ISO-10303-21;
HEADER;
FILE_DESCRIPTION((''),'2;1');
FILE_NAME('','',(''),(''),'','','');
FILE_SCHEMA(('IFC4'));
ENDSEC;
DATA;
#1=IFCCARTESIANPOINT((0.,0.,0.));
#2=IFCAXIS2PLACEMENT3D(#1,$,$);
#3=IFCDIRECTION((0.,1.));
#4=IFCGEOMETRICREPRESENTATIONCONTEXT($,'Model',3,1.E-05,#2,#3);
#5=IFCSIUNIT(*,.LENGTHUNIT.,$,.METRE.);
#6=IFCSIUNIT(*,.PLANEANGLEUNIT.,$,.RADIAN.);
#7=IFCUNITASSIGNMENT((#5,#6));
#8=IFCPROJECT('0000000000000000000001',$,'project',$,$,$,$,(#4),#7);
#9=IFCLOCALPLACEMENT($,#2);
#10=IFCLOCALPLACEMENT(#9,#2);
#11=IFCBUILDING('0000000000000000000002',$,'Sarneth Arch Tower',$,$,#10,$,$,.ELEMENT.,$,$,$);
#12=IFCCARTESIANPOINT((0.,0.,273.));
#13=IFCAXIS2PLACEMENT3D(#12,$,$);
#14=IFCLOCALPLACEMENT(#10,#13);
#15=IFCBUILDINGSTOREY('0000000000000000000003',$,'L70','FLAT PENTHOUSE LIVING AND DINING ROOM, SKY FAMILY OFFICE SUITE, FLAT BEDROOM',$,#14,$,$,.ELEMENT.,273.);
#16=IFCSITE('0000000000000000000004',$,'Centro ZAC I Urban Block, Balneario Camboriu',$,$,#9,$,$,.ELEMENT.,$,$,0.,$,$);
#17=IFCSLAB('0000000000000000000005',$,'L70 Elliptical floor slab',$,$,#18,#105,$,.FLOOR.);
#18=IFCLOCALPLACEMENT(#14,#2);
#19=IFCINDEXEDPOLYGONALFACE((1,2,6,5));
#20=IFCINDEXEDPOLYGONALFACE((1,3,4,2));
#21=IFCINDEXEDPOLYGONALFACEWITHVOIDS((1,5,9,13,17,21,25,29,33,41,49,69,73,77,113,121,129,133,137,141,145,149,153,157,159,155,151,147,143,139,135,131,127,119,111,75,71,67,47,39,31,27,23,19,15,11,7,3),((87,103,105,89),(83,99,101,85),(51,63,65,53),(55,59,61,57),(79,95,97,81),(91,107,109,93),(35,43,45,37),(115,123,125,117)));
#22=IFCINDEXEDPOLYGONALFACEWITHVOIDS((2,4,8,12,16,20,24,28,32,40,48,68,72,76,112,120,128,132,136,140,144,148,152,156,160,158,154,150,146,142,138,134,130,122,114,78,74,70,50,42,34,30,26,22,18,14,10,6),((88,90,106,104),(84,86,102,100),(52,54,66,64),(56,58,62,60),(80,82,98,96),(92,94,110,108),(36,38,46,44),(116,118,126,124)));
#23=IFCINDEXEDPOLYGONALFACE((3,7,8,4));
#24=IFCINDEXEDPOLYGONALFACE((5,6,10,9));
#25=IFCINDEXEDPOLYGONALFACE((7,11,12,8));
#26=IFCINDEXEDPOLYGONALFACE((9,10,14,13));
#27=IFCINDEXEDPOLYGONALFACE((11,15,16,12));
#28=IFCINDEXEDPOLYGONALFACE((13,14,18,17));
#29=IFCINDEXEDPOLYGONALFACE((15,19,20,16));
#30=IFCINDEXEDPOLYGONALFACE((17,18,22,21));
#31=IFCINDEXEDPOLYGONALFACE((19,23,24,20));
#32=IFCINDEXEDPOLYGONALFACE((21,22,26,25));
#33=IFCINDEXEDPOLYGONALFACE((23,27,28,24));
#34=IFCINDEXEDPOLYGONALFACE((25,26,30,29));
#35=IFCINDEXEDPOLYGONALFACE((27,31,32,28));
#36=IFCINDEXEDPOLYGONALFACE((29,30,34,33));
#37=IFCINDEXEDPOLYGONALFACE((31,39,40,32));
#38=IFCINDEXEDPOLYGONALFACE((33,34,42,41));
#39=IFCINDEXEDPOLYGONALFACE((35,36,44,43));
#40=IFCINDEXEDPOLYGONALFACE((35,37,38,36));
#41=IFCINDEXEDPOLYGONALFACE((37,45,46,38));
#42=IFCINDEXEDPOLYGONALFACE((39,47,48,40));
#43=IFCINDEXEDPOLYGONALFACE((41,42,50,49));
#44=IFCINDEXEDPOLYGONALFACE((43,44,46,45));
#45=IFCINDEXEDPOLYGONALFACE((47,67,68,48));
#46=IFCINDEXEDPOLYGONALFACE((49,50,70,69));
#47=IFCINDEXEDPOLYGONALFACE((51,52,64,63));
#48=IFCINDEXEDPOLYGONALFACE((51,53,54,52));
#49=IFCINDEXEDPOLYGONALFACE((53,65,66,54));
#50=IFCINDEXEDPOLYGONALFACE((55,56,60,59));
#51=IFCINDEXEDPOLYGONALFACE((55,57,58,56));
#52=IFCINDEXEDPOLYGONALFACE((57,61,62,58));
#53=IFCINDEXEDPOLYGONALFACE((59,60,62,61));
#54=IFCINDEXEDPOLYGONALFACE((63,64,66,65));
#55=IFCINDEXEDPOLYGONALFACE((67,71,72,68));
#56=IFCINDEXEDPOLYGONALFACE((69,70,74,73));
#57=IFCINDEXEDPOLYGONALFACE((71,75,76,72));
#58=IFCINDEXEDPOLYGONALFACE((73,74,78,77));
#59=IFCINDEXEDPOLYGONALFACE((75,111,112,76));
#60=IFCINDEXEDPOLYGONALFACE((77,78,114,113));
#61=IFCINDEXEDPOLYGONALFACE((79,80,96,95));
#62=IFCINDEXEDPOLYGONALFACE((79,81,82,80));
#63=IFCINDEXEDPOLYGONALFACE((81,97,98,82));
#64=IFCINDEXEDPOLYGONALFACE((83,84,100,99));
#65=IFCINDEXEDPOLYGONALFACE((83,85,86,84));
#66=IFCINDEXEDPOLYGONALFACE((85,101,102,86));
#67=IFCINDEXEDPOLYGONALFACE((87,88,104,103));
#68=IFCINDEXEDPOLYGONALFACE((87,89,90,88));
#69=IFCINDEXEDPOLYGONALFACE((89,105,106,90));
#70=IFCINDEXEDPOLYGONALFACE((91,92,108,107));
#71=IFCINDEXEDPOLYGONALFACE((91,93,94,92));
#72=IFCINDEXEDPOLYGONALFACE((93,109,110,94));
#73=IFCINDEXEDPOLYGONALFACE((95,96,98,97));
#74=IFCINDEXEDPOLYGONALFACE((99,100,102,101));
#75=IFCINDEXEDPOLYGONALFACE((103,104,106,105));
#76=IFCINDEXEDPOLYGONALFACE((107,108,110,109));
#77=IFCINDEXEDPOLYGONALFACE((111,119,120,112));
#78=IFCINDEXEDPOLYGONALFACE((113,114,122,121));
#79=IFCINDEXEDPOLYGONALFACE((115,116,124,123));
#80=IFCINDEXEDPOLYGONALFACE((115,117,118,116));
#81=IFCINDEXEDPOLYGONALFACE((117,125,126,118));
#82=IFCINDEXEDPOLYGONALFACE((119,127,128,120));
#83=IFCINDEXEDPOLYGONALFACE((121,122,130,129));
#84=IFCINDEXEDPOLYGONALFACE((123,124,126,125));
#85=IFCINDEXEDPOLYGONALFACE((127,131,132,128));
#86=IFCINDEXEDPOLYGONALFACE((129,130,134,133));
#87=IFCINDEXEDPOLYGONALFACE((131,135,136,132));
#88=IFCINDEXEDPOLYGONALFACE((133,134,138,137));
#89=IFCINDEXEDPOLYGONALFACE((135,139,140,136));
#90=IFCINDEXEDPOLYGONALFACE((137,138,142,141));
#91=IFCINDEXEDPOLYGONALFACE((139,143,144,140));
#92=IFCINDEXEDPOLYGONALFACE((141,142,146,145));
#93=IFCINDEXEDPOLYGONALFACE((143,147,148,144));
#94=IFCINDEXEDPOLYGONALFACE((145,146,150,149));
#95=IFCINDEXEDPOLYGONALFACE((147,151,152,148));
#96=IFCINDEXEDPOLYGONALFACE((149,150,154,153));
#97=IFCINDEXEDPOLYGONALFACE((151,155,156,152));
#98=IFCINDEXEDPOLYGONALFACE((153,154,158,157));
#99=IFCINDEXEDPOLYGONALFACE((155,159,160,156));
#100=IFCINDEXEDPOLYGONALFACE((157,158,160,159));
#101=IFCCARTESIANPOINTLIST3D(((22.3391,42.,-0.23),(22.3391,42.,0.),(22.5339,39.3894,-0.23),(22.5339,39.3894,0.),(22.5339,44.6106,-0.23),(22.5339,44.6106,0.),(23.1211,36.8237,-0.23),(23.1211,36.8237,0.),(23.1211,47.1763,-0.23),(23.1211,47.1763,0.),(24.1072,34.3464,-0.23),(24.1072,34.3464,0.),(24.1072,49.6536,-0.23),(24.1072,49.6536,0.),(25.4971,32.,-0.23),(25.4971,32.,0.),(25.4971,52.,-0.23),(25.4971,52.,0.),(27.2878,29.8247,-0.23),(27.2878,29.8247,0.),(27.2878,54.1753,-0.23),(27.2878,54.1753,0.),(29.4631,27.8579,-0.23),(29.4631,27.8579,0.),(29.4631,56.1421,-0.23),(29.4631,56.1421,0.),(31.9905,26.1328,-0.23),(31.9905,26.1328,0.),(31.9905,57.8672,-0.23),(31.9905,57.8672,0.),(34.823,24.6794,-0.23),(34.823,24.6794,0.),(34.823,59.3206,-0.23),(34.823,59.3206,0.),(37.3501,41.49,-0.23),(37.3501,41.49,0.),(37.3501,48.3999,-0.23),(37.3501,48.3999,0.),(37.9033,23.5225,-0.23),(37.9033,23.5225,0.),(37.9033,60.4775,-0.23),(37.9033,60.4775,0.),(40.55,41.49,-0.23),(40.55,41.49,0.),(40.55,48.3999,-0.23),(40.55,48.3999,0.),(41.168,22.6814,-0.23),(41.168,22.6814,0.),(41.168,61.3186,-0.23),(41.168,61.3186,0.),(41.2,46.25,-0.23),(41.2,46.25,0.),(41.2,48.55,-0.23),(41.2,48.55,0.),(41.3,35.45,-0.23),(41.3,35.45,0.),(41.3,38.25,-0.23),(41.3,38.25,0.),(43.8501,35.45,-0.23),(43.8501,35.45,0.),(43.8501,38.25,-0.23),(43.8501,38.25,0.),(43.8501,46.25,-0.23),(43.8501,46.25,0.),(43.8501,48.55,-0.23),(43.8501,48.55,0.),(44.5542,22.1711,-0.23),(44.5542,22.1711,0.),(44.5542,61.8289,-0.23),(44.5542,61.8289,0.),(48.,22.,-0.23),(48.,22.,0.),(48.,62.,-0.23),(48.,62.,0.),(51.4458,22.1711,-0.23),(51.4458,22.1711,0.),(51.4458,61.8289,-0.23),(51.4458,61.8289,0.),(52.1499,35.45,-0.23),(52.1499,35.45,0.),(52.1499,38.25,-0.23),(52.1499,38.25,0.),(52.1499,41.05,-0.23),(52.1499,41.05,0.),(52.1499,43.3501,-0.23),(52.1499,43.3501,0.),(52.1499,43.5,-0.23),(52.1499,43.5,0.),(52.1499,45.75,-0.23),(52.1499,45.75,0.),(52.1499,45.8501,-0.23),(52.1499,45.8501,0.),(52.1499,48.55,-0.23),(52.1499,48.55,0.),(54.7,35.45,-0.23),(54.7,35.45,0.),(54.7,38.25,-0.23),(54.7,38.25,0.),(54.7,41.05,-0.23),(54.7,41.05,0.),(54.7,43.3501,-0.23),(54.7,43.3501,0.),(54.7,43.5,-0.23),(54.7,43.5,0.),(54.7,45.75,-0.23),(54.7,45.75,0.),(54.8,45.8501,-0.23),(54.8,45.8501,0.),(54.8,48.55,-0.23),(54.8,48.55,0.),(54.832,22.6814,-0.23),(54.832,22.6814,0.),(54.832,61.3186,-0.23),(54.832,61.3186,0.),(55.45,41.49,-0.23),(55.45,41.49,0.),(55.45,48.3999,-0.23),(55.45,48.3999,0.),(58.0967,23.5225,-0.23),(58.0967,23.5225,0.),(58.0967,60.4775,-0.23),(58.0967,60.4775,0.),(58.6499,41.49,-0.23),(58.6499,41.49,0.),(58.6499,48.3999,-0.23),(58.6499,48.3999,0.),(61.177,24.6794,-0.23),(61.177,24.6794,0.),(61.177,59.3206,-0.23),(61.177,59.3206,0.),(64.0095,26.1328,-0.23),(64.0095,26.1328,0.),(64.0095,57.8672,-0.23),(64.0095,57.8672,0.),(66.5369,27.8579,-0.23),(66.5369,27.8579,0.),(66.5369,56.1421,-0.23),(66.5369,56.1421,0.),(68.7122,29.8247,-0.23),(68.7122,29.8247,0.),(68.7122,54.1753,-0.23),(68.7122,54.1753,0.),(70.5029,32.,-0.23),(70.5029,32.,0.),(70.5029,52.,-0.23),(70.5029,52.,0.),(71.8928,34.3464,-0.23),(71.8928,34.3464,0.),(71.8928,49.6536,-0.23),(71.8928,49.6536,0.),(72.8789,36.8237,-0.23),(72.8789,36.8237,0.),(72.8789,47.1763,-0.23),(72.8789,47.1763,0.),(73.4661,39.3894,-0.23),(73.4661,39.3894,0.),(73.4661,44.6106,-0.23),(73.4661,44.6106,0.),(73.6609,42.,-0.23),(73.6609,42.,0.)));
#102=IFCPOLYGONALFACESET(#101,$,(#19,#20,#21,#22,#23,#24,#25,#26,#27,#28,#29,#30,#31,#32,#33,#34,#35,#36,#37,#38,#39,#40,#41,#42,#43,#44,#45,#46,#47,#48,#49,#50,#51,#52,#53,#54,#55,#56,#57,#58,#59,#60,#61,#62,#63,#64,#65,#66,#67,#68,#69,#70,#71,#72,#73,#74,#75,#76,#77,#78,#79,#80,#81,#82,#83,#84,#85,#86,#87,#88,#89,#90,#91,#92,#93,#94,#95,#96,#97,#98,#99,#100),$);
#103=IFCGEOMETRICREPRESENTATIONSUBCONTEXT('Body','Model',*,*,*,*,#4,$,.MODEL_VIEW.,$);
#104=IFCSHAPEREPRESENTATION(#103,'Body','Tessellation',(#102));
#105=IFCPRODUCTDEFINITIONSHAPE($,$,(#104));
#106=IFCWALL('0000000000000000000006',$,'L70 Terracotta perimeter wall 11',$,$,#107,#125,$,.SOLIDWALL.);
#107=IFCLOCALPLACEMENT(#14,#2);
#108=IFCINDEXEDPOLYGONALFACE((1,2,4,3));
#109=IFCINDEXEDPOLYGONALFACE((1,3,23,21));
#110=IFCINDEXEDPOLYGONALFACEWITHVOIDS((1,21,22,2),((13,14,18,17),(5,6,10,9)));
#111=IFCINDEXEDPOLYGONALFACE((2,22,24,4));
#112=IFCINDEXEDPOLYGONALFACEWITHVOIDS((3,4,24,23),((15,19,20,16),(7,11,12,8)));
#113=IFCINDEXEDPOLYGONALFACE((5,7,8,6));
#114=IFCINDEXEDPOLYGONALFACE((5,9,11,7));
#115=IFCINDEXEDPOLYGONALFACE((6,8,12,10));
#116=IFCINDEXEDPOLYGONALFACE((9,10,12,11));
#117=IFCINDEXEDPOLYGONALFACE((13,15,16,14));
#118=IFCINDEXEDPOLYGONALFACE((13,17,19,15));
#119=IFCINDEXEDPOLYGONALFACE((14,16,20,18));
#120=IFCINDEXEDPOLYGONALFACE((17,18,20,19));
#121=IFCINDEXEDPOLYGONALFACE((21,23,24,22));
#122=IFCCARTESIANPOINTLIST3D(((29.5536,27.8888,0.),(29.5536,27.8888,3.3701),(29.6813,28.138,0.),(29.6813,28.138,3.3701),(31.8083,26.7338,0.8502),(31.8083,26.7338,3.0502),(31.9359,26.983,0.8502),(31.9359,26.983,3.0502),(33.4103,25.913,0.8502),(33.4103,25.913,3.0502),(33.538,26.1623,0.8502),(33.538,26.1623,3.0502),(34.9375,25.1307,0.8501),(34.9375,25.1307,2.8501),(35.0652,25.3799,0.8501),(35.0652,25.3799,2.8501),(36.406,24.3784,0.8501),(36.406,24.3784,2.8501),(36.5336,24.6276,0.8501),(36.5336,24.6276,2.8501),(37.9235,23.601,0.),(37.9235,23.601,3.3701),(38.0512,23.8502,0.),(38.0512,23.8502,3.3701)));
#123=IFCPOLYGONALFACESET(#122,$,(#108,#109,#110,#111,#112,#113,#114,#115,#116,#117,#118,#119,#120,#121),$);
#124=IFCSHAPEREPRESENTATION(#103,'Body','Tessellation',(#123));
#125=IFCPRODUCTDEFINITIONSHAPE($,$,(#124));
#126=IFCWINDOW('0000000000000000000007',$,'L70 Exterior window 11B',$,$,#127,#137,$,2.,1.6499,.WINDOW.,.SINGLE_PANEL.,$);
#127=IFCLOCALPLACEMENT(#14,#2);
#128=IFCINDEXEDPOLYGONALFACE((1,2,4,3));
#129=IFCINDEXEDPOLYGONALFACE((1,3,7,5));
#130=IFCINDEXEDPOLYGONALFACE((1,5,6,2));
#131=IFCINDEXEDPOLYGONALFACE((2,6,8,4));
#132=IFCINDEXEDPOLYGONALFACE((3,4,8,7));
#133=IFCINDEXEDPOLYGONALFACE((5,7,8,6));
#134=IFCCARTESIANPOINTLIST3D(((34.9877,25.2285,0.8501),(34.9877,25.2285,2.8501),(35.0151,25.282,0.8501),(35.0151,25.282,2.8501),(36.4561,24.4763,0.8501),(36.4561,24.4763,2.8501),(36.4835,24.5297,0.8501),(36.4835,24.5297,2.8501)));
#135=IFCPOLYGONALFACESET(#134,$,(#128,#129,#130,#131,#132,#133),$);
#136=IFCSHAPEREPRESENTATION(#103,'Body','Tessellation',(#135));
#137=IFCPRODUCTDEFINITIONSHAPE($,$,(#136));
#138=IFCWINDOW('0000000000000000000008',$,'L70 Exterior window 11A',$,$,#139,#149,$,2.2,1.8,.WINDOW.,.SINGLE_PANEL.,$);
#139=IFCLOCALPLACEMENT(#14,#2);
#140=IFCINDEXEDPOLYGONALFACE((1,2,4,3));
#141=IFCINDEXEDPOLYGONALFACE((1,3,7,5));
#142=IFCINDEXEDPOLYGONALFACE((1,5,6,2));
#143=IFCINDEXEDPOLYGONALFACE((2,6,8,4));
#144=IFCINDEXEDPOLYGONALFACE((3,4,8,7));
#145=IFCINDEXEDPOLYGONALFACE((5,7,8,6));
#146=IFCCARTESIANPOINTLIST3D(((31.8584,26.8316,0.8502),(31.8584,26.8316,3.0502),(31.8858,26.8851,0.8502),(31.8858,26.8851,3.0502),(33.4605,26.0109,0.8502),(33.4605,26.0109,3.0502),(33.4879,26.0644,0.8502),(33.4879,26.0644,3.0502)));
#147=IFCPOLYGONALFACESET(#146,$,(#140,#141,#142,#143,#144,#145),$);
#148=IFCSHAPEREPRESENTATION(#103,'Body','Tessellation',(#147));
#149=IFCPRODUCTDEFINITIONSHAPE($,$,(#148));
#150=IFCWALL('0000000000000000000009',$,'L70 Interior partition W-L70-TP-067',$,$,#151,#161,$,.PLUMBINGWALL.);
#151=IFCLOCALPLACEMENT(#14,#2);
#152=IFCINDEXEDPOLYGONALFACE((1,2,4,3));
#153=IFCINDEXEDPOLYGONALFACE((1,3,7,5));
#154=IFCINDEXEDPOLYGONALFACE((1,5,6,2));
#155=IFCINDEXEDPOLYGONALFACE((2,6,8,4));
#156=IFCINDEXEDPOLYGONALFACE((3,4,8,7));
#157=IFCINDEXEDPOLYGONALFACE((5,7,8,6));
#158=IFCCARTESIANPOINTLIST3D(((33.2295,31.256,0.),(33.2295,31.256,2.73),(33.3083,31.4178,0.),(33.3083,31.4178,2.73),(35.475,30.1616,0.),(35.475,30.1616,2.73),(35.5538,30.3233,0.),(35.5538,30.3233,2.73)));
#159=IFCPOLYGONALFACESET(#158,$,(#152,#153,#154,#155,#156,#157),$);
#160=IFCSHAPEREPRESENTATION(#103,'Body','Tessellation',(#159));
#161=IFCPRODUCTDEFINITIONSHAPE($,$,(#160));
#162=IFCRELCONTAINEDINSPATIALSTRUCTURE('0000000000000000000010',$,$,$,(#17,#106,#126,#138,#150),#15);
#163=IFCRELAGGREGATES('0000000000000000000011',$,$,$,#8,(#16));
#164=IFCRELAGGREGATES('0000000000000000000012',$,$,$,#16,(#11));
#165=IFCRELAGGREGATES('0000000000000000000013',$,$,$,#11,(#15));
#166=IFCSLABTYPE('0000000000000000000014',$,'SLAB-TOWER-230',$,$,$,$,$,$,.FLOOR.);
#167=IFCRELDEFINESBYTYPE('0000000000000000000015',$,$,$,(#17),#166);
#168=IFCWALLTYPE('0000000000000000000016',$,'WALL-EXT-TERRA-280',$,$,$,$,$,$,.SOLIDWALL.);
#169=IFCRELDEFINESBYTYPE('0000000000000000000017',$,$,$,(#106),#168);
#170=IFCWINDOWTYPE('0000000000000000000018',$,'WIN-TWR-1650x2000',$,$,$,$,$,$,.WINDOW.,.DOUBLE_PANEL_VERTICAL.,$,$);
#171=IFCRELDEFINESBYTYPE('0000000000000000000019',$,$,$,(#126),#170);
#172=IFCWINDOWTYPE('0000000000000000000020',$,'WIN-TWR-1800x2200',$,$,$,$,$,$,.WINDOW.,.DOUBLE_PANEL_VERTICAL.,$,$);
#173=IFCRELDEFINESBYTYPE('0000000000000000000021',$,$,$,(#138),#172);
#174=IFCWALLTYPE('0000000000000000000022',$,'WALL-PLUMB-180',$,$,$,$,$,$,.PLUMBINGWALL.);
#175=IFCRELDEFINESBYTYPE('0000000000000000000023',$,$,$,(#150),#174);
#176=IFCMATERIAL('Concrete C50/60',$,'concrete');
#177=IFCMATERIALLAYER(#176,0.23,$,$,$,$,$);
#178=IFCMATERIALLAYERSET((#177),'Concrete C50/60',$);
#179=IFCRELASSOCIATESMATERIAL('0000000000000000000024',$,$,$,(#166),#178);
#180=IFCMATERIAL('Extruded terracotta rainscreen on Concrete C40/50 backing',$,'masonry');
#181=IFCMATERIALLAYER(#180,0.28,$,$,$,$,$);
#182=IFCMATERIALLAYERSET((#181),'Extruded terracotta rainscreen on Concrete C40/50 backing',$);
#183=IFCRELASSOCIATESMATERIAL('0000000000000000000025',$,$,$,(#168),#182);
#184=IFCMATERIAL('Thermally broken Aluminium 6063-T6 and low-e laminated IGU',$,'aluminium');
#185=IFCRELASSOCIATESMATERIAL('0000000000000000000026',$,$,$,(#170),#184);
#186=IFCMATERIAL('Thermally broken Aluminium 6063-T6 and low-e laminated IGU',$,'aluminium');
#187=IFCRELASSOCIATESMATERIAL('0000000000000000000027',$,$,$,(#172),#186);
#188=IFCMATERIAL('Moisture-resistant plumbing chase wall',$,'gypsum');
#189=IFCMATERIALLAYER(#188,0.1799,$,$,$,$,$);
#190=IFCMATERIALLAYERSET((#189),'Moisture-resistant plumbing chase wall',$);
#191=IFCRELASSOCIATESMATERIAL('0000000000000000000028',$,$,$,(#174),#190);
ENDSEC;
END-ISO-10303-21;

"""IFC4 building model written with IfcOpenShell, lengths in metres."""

from ifc_helpers import new_model, si_unit, direction, frame, frame_2d, origin, place, context, subcontext, project, spatial, polyline, rectangle, outline, extrude, material, layer, layer_set, type_object, element, fill, save


model = new_model("IFC4")

# Units and contexts
model_context = context("Model", 3, precision=1e-05, world=origin(), true_north=direction((0.0, 1.0)))
body_context = subcontext(model_context, "Body", "Model", "MODEL_VIEW")
ifc_project = project(units=[si_unit("LENGTHUNIT", "METRE"), si_unit("PLANEANGLEUNIT", "RADIAN")], contexts=[model_context])

# Site, building, storey
site_placement = place(None, origin())
site = spatial("IfcSite", under=ifc_project, at=site_placement, Name="Centro ZAC I Urban Block, Balneario Camboriu", CompositionType="ELEMENT", RefElevation=0.0)
building_placement = place(site_placement, origin())
building = spatial("IfcBuilding", under=site, at=building_placement, Name="Sarneth Arch Tower", CompositionType="ELEMENT")
storey_placement = place(building_placement, frame((0.0, 0.0, 273.0)))
storey = spatial("IfcBuildingStorey", under=building, at=storey_placement, Name="L70", Description="FLAT PENTHOUSE LIVING AND DINING ROOM, SKY FAMILY OFFICE SUITE, FLAT BEDROOM", CompositionType="ELEMENT", Elevation=273.0)

# Slab
ifc_material_1 = material(Name="Concrete C50/60", Category="concrete")
ifc_layer_1 = layer(ifc_material_1, 0.23)
ifc_layer_set_1 = layer_set([ifc_layer_1], Name="Concrete C50/60")
slab_type_1 = type_object("IfcSlabType", Name="SLAB-TOWER-230", PredefinedType="FLOOR", material=ifc_layer_set_1)
slab_1_placement = place(storey_placement, frame((0.0, 0.0, -0.23)))
element("IfcSlab", 1, at=slab_1_placement, inside=storey, type_object=slab_type_1, Name="L70 Elliptical floor slab", PredefinedType="FLOOR", context=body_context, shape_type="SweptSolid", body=[
    extrude(outline(polyline([(73.6609, 42.0), (73.4661, 44.6106), (72.8789, 47.1763), (71.8928, 49.6536), (70.5029, 52.0), (68.7122, 54.1753), (66.5369, 56.1421), (64.0095, 57.8672), (61.177, 59.3206), (58.0967, 60.4775), (54.832, 61.3186), (51.4458, 61.8289), (48.0, 62.0), (44.5542, 61.8289), (41.168, 61.3186), (37.9033, 60.4775), (34.823, 59.3206), (31.9905, 57.8672), (29.4631, 56.1421), (27.2878, 54.1753), (25.4971, 52.0), (24.1072, 49.6536), (23.1211, 47.1763), (22.5339, 44.6106), (22.3391, 42.0), (22.5339, 39.3894), (23.1211, 36.8237), (24.1072, 34.3464), (25.4971, 32.0), (27.2878, 29.8247), (29.4631, 27.8579), (31.9905, 26.1328), (34.823, 24.6794), (37.9033, 23.5225), (41.168, 22.6814), (44.5542, 22.1711), (48.0, 22.0), (51.4458, 22.1711), (54.832, 22.6814), (58.0967, 23.5225), (61.177, 24.6794), (64.0095, 26.1328), (66.5369, 27.8579), (68.7122, 29.8247), (70.5029, 32.0), (71.8928, 34.3464), (72.8789, 36.8237), (73.4661, 39.3894), (73.6609, 42.0)]), holes=[polyline([(37.3501, 41.49), (40.55, 41.49), (40.55, 48.3999), (37.3501, 48.3999), (37.3501, 41.49)]), polyline([(55.45, 41.49), (58.6499, 41.49), (58.6499, 48.3999), (55.45, 48.3999), (55.45, 41.49)]), polyline([(41.2, 46.25), (43.8501, 46.25), (43.8501, 48.55), (41.2, 48.55), (41.2, 46.25)]), polyline([(41.3, 35.45), (43.8501, 35.45), (43.8501, 38.25), (41.3, 38.25), (41.3, 35.45)]), polyline([(52.1499, 35.45), (54.7, 35.45), (54.7, 38.25), (52.1499, 38.25), (52.1499, 35.45)]), polyline([(52.1499, 45.8501), (54.8, 45.8501), (54.8, 48.55), (52.1499, 48.55), (52.1499, 45.8501)]), polyline([(52.1499, 41.05), (54.7, 41.05), (54.7, 43.3501), (52.1499, 43.3501), (52.1499, 41.05)]), polyline([(52.1499, 43.5), (54.7, 43.5), (54.7, 45.75), (52.1499, 45.75), (52.1499, 43.5)])]), origin(), (0.0, 0.0, 1.0), 0.23),
])

# Wall, openings, windows
ifc_material_2 = material(Name="Extruded terracotta rainscreen on Concrete C40/50 backing", Category="masonry")
ifc_layer_2 = layer(ifc_material_2, 0.28)
ifc_layer_set_2 = layer_set([ifc_layer_2], Name="Extruded terracotta rainscreen on Concrete C40/50 backing")
wall_type_1 = type_object("IfcWallType", Name="WALL-EXT-TERRA-280", PredefinedType="SOLIDWALL", material=ifc_layer_set_2)
wall_1_placement = place(storey_placement, frame((29.6174, 28.0134, 0.0), z_axis=(0.0, 0.0, 1.0), x_axis=(0.890007, -0.455946, 0.0)))
wall_1 = element("IfcWall", 2, at=wall_1_placement, inside=storey, type_object=wall_type_1, Name="L70 Terracotta perimeter wall 11", PredefinedType="SOLIDWALL", context=body_context, shape_type="SweptSolid", body=[
    extrude(rectangle(XDim=9.4043, YDim=0.28, at=frame_2d((4.7021, 0.0))), origin(), (0.0, 0.0, 1.0), 3.3701),
])
opening_1_placement = place(wall_1_placement, frame((2.5334, 0.0, 0.8501)))
opening_1 = element("IfcOpeningElement", 3, at=opening_1_placement, cuts=wall_1, PredefinedType="OPENING", context=body_context, shape_type="SweptSolid", body=[
    extrude(rectangle(XDim=1.8, YDim=2.2, at=frame_2d((0.8999, 1.1001))), frame((0.0, 0.1499, 0.0), z_axis=(0.0, -1.0, 0.0), x_axis=(1.0, 0.0, 0.0)), (0.0, 0.0, 1.0), 0.3),
])
opening_2_placement = place(wall_1_placement, frame((6.0493, 0.0, 0.8501)))
opening_2 = element("IfcOpeningElement", 4, at=opening_2_placement, cuts=wall_1, PredefinedType="OPENING", context=body_context, shape_type="SweptSolid", body=[
    extrude(rectangle(XDim=1.6499, YDim=2.0, at=frame_2d((0.825, 1.0))), frame((0.0, 0.1499, 0.0), z_axis=(0.0, -1.0, 0.0), x_axis=(1.0, 0.0, 0.0)), (0.0, 0.0, 1.0), 0.3),
])
ifc_material_3 = material(Name="Thermally broken Aluminium 6063-T6 and low-e laminated IGU", Category="aluminium")
window_type_1 = type_object("IfcWindowType", Name="WIN-TWR-1650x2000", PartitioningType="DOUBLE_PANEL_VERTICAL", PredefinedType="WINDOW", material=ifc_material_3)
window_1_placement = place(opening_2_placement, origin())
window_1 = element("IfcWindow", 5, at=window_1_placement, inside=storey, type_object=window_type_1, Name="L70 Exterior window 11B", OverallHeight=2.0, OverallWidth=1.6499, PartitioningType="SINGLE_PANEL", PredefinedType="WINDOW", context=body_context, shape_type="SweptSolid", body=[
    extrude(rectangle(XDim=1.6499, YDim=2.0, at=frame_2d((0.825, 1.0))), frame((0.0, 0.03, 0.0), z_axis=(0.0, -1.0, 0.0), x_axis=(1.0, 0.0, 0.0)), (0.0, 0.0, 1.0), 0.0601),
])
fill(opening_2, window_1)
ifc_material_4 = material(Name="Thermally broken Aluminium 6063-T6 and low-e laminated IGU", Category="aluminium")
window_type_2 = type_object("IfcWindowType", Name="WIN-TWR-1800x2200", PartitioningType="DOUBLE_PANEL_VERTICAL", PredefinedType="WINDOW", material=ifc_material_4)
window_2_placement = place(opening_1_placement, origin())
window_2 = element("IfcWindow", 6, at=window_2_placement, inside=storey, type_object=window_type_2, Name="L70 Exterior window 11A", OverallHeight=2.2, OverallWidth=1.8, PartitioningType="SINGLE_PANEL", PredefinedType="WINDOW", context=body_context, shape_type="SweptSolid", body=[
    extrude(rectangle(XDim=1.8, YDim=2.2, at=frame_2d((0.8999, 1.1001))), frame((0.0, 0.03, 0.0), z_axis=(0.0, -1.0, 0.0), x_axis=(1.0, 0.0, 0.0)), (0.0, 0.0, 1.0), 0.0601),
])
fill(opening_1, window_2)

# Wall
ifc_material_5 = material(Name="Moisture-resistant plumbing chase wall", Category="gypsum")
ifc_layer_3 = layer(ifc_material_5, 0.1799)
ifc_layer_set_3 = layer_set([ifc_layer_3], Name="Moisture-resistant plumbing chase wall")
wall_type_2 = type_object("IfcWallType", Name="WALL-PLUMB-180", PredefinedType="PLUMBINGWALL", material=ifc_layer_set_3)
wall_2_placement = place(storey_placement, frame((35.5144, 30.2424, 0.0), z_axis=(0.0, 0.0, 1.0), x_axis=(-0.898916, 0.438121, 0.0)))
element("IfcWall", 7, at=wall_2_placement, inside=storey, type_object=wall_type_2, Name="L70 Interior partition W-L70-TP-067", PredefinedType="PLUMBINGWALL", context=body_context, shape_type="SweptSolid", body=[
    extrude(rectangle(XDim=2.498, YDim=0.1799, at=frame_2d((1.249, 0.0))), origin(), (0.0, 0.0, 1.0), 2.73),
])

save(model, "model.ifc")
